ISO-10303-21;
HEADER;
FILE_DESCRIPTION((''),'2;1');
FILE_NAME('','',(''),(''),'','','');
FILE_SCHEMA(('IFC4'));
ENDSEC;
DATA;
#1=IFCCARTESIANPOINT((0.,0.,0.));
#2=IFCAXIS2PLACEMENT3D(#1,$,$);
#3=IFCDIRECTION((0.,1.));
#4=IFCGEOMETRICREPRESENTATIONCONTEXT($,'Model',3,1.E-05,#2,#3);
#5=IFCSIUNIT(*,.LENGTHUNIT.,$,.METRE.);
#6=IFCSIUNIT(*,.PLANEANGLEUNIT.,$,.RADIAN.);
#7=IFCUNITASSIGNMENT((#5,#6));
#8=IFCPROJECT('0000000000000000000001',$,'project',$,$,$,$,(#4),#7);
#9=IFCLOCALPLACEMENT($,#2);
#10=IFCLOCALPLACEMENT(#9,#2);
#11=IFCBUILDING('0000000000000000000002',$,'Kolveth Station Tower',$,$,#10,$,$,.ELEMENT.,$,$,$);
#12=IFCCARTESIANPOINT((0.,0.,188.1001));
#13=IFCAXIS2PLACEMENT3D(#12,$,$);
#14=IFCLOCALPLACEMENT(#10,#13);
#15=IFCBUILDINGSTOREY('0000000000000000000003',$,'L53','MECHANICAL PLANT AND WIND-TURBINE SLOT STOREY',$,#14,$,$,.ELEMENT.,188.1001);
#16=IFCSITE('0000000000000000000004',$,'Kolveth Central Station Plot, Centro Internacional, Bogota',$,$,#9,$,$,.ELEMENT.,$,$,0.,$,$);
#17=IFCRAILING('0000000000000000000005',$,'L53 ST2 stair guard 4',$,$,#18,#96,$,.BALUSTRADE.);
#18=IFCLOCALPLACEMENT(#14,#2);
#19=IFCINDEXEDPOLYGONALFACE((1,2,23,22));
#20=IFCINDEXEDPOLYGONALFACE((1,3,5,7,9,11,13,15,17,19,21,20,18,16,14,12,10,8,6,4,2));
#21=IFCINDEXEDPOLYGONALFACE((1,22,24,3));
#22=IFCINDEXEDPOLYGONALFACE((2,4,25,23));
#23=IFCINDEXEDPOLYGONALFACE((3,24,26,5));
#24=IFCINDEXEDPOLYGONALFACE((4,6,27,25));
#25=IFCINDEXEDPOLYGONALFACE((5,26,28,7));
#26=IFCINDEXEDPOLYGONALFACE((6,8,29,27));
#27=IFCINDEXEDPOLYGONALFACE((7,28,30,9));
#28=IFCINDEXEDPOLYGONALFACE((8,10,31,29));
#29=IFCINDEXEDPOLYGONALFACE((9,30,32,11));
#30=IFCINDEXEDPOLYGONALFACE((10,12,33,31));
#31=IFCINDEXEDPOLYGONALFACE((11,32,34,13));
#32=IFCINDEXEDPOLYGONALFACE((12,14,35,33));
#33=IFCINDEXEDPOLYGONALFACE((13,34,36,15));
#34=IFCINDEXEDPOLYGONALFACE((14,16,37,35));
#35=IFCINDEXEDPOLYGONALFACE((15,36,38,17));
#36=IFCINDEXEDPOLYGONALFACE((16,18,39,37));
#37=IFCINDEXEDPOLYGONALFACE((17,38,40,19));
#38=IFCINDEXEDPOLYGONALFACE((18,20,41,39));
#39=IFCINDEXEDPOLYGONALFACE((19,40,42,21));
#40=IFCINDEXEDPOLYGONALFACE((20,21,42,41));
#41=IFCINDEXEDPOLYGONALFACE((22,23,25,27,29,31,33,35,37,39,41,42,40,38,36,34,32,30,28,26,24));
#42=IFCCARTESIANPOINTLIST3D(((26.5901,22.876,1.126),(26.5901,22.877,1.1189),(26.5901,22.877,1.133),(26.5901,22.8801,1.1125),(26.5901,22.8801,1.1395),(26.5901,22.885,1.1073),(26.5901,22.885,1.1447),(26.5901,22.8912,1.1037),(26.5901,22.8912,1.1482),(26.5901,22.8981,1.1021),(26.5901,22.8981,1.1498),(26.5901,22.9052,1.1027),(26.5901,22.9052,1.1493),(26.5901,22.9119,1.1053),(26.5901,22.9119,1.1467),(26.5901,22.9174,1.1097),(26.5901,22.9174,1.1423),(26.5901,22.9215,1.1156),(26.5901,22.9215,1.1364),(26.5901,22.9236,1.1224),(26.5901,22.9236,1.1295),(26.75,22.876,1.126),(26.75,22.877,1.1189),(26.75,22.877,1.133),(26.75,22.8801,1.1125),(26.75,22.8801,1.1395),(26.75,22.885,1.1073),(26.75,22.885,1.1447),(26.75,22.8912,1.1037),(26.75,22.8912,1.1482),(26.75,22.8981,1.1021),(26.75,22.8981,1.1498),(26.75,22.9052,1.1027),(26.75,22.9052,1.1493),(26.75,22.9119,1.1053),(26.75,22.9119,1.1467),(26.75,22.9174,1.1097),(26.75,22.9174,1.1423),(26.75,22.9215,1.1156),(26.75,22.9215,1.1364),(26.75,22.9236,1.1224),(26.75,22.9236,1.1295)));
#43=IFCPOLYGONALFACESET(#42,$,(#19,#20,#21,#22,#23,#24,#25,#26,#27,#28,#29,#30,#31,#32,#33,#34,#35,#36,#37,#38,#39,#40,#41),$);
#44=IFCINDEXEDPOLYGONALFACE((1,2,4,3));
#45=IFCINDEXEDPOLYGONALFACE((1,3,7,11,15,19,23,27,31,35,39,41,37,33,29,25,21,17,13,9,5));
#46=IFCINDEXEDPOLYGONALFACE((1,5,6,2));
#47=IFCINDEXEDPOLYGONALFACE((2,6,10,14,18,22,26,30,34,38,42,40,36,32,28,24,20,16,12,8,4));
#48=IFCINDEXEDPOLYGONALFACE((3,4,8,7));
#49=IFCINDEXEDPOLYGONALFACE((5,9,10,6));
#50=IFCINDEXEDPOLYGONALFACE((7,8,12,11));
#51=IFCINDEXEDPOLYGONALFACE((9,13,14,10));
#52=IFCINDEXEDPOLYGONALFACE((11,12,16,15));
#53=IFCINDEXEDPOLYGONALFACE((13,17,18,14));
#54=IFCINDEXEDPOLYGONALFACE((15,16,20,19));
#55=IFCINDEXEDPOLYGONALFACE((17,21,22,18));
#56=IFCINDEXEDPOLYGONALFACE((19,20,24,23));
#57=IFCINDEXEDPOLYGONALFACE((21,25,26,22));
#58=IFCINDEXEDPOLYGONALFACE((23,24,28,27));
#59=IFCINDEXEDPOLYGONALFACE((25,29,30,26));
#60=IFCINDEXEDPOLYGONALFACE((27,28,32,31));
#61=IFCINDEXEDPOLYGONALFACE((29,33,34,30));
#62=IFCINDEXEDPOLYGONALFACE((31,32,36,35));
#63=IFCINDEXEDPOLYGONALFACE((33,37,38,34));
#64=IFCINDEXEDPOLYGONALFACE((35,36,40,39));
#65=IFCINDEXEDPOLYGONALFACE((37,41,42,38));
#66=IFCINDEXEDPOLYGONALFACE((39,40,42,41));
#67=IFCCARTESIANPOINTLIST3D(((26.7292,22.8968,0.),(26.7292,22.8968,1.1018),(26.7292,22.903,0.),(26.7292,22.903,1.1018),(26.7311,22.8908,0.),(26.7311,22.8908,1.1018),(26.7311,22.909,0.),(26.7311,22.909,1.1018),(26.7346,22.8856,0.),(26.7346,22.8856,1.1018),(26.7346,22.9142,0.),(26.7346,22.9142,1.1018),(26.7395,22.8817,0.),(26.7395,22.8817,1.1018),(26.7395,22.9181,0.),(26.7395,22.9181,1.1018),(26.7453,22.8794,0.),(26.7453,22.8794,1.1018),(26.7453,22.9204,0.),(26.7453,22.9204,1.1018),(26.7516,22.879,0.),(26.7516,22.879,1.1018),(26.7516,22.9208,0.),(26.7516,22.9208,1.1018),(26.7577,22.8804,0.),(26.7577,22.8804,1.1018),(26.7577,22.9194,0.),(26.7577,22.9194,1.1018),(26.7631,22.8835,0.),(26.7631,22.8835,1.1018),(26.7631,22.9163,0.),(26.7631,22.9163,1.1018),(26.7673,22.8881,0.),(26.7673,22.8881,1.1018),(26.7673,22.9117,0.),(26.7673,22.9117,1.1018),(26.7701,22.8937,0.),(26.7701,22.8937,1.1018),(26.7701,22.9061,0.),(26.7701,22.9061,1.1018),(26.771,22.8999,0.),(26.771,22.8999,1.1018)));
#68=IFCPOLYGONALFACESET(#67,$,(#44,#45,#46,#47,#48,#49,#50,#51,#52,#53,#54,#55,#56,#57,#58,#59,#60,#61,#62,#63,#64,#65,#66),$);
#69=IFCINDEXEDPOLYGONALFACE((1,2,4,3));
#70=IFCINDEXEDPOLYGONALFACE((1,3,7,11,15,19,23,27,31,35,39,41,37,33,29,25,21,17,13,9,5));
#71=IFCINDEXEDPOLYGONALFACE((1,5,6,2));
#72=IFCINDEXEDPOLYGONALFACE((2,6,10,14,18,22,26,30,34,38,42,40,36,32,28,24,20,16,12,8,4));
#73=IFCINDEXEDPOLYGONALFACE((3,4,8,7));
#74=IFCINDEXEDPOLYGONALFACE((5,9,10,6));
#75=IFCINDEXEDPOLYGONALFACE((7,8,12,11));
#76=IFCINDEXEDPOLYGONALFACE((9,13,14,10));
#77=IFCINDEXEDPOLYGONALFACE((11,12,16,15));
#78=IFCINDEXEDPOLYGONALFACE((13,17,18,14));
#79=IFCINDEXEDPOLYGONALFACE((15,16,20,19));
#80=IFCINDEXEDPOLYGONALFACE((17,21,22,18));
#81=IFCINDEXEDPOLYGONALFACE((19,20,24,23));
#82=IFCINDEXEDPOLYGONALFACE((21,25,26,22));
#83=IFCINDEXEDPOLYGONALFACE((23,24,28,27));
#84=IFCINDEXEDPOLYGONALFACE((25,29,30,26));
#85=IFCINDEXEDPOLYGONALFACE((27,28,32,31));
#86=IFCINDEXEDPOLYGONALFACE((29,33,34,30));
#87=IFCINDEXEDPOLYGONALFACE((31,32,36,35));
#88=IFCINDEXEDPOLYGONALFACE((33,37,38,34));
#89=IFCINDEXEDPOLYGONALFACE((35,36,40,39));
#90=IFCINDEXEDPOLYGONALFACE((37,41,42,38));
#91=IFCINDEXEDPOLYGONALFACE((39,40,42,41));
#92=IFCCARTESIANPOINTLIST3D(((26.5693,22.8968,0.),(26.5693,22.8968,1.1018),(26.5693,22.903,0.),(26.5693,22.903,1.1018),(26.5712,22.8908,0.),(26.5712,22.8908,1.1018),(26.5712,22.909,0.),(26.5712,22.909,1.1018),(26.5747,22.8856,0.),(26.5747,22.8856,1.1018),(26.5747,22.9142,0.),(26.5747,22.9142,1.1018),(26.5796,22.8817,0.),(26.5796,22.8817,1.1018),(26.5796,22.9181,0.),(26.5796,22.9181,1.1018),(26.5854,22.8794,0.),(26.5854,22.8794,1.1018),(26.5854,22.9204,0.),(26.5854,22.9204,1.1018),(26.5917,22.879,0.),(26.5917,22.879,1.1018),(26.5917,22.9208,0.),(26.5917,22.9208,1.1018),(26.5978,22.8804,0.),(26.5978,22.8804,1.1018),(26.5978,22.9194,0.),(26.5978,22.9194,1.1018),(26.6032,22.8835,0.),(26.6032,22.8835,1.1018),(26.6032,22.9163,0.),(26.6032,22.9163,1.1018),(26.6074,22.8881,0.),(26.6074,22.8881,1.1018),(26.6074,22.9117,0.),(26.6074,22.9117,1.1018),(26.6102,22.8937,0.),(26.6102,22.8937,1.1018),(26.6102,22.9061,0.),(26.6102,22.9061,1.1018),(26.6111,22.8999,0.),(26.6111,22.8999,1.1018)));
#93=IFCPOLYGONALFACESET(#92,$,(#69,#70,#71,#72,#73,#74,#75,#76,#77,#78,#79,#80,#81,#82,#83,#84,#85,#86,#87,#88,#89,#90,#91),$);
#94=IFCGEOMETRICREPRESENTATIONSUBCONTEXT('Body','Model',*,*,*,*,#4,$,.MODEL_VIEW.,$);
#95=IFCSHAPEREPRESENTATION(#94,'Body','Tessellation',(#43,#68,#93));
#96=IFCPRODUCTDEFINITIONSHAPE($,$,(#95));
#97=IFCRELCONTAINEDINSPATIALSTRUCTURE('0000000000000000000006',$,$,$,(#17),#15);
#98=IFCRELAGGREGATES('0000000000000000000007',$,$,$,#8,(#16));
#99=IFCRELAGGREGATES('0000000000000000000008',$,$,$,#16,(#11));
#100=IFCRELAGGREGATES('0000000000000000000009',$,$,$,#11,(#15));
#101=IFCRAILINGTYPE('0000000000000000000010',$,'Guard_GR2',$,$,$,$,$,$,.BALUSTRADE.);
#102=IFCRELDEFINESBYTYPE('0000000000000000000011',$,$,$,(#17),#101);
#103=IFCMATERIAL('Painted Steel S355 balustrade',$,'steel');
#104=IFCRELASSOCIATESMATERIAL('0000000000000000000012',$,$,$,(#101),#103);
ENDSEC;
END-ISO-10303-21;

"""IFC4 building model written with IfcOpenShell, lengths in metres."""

from ifc_helpers import new_model, si_unit, direction, frame, origin, origin_2d, place, context, subcontext, project, spatial, circle, extrude, material, type_object, element, save


model = new_model("IFC4")

# Units and contexts
model_context = context("Model", 3, precision=1e-05, world=origin(), true_north=direction((0.0, 1.0)))
body_context = subcontext(model_context, "Body", "Model", "MODEL_VIEW")
ifc_project = project(units=[si_unit("LENGTHUNIT", "METRE"), si_unit("PLANEANGLEUNIT", "RADIAN")], contexts=[model_context])

# Site, building, storey
site_placement = place(None, origin())
site = spatial("IfcSite", under=ifc_project, at=site_placement, Name="Kolveth Central Station Plot, Centro Internacional, Bogota", CompositionType="ELEMENT", RefElevation=0.0)
building_placement = place(site_placement, origin())
building = spatial("IfcBuilding", under=site, at=building_placement, Name="Kolveth Station Tower", CompositionType="ELEMENT")
storey_placement = place(building_placement, frame((0.0, 0.0, 188.1001)))
storey = spatial("IfcBuildingStorey", under=building, at=storey_placement, Name="L53", Description="MECHANICAL PLANT AND WIND-TURBINE SLOT STOREY", CompositionType="ELEMENT", Elevation=188.1001)

# Railing
ifc_material_1 = material(Name="Painted Steel S355 balustrade", Category="steel")
railing_type_1 = type_object("IfcRailingType", Name="Guard_GR2", PredefinedType="BALUSTRADE", material=ifc_material_1)
railing_1_placement = place(storey_placement, frame((26.75, 22.8999, 0.0)))
element("IfcRailing", 1, at=railing_1_placement, inside=storey, type_object=railing_type_1, Name="L53 ST2 stair guard 4", PredefinedType="BALUSTRADE", context=body_context, shape_type="SweptSolid", body=[
    extrude(circle(Radius=0.0239, at=origin_2d()), frame((0.0, 0.0, 1.126), z_axis=(-1.0, 0.0, 0.0), x_axis=(0.0, -1.0, 0.0)), (0.0, 0.0, 1.0), 0.1599),
    extrude(circle(Radius=0.021, at=origin_2d()), origin(), (0.0, 0.0, 1.0), 1.1018),
    extrude(circle(Radius=0.021, at=origin_2d()), frame((-0.1599, 0.0, 0.0)), (0.0, 0.0, 1.0), 1.1018),
])

save(model, "model.ifc")
